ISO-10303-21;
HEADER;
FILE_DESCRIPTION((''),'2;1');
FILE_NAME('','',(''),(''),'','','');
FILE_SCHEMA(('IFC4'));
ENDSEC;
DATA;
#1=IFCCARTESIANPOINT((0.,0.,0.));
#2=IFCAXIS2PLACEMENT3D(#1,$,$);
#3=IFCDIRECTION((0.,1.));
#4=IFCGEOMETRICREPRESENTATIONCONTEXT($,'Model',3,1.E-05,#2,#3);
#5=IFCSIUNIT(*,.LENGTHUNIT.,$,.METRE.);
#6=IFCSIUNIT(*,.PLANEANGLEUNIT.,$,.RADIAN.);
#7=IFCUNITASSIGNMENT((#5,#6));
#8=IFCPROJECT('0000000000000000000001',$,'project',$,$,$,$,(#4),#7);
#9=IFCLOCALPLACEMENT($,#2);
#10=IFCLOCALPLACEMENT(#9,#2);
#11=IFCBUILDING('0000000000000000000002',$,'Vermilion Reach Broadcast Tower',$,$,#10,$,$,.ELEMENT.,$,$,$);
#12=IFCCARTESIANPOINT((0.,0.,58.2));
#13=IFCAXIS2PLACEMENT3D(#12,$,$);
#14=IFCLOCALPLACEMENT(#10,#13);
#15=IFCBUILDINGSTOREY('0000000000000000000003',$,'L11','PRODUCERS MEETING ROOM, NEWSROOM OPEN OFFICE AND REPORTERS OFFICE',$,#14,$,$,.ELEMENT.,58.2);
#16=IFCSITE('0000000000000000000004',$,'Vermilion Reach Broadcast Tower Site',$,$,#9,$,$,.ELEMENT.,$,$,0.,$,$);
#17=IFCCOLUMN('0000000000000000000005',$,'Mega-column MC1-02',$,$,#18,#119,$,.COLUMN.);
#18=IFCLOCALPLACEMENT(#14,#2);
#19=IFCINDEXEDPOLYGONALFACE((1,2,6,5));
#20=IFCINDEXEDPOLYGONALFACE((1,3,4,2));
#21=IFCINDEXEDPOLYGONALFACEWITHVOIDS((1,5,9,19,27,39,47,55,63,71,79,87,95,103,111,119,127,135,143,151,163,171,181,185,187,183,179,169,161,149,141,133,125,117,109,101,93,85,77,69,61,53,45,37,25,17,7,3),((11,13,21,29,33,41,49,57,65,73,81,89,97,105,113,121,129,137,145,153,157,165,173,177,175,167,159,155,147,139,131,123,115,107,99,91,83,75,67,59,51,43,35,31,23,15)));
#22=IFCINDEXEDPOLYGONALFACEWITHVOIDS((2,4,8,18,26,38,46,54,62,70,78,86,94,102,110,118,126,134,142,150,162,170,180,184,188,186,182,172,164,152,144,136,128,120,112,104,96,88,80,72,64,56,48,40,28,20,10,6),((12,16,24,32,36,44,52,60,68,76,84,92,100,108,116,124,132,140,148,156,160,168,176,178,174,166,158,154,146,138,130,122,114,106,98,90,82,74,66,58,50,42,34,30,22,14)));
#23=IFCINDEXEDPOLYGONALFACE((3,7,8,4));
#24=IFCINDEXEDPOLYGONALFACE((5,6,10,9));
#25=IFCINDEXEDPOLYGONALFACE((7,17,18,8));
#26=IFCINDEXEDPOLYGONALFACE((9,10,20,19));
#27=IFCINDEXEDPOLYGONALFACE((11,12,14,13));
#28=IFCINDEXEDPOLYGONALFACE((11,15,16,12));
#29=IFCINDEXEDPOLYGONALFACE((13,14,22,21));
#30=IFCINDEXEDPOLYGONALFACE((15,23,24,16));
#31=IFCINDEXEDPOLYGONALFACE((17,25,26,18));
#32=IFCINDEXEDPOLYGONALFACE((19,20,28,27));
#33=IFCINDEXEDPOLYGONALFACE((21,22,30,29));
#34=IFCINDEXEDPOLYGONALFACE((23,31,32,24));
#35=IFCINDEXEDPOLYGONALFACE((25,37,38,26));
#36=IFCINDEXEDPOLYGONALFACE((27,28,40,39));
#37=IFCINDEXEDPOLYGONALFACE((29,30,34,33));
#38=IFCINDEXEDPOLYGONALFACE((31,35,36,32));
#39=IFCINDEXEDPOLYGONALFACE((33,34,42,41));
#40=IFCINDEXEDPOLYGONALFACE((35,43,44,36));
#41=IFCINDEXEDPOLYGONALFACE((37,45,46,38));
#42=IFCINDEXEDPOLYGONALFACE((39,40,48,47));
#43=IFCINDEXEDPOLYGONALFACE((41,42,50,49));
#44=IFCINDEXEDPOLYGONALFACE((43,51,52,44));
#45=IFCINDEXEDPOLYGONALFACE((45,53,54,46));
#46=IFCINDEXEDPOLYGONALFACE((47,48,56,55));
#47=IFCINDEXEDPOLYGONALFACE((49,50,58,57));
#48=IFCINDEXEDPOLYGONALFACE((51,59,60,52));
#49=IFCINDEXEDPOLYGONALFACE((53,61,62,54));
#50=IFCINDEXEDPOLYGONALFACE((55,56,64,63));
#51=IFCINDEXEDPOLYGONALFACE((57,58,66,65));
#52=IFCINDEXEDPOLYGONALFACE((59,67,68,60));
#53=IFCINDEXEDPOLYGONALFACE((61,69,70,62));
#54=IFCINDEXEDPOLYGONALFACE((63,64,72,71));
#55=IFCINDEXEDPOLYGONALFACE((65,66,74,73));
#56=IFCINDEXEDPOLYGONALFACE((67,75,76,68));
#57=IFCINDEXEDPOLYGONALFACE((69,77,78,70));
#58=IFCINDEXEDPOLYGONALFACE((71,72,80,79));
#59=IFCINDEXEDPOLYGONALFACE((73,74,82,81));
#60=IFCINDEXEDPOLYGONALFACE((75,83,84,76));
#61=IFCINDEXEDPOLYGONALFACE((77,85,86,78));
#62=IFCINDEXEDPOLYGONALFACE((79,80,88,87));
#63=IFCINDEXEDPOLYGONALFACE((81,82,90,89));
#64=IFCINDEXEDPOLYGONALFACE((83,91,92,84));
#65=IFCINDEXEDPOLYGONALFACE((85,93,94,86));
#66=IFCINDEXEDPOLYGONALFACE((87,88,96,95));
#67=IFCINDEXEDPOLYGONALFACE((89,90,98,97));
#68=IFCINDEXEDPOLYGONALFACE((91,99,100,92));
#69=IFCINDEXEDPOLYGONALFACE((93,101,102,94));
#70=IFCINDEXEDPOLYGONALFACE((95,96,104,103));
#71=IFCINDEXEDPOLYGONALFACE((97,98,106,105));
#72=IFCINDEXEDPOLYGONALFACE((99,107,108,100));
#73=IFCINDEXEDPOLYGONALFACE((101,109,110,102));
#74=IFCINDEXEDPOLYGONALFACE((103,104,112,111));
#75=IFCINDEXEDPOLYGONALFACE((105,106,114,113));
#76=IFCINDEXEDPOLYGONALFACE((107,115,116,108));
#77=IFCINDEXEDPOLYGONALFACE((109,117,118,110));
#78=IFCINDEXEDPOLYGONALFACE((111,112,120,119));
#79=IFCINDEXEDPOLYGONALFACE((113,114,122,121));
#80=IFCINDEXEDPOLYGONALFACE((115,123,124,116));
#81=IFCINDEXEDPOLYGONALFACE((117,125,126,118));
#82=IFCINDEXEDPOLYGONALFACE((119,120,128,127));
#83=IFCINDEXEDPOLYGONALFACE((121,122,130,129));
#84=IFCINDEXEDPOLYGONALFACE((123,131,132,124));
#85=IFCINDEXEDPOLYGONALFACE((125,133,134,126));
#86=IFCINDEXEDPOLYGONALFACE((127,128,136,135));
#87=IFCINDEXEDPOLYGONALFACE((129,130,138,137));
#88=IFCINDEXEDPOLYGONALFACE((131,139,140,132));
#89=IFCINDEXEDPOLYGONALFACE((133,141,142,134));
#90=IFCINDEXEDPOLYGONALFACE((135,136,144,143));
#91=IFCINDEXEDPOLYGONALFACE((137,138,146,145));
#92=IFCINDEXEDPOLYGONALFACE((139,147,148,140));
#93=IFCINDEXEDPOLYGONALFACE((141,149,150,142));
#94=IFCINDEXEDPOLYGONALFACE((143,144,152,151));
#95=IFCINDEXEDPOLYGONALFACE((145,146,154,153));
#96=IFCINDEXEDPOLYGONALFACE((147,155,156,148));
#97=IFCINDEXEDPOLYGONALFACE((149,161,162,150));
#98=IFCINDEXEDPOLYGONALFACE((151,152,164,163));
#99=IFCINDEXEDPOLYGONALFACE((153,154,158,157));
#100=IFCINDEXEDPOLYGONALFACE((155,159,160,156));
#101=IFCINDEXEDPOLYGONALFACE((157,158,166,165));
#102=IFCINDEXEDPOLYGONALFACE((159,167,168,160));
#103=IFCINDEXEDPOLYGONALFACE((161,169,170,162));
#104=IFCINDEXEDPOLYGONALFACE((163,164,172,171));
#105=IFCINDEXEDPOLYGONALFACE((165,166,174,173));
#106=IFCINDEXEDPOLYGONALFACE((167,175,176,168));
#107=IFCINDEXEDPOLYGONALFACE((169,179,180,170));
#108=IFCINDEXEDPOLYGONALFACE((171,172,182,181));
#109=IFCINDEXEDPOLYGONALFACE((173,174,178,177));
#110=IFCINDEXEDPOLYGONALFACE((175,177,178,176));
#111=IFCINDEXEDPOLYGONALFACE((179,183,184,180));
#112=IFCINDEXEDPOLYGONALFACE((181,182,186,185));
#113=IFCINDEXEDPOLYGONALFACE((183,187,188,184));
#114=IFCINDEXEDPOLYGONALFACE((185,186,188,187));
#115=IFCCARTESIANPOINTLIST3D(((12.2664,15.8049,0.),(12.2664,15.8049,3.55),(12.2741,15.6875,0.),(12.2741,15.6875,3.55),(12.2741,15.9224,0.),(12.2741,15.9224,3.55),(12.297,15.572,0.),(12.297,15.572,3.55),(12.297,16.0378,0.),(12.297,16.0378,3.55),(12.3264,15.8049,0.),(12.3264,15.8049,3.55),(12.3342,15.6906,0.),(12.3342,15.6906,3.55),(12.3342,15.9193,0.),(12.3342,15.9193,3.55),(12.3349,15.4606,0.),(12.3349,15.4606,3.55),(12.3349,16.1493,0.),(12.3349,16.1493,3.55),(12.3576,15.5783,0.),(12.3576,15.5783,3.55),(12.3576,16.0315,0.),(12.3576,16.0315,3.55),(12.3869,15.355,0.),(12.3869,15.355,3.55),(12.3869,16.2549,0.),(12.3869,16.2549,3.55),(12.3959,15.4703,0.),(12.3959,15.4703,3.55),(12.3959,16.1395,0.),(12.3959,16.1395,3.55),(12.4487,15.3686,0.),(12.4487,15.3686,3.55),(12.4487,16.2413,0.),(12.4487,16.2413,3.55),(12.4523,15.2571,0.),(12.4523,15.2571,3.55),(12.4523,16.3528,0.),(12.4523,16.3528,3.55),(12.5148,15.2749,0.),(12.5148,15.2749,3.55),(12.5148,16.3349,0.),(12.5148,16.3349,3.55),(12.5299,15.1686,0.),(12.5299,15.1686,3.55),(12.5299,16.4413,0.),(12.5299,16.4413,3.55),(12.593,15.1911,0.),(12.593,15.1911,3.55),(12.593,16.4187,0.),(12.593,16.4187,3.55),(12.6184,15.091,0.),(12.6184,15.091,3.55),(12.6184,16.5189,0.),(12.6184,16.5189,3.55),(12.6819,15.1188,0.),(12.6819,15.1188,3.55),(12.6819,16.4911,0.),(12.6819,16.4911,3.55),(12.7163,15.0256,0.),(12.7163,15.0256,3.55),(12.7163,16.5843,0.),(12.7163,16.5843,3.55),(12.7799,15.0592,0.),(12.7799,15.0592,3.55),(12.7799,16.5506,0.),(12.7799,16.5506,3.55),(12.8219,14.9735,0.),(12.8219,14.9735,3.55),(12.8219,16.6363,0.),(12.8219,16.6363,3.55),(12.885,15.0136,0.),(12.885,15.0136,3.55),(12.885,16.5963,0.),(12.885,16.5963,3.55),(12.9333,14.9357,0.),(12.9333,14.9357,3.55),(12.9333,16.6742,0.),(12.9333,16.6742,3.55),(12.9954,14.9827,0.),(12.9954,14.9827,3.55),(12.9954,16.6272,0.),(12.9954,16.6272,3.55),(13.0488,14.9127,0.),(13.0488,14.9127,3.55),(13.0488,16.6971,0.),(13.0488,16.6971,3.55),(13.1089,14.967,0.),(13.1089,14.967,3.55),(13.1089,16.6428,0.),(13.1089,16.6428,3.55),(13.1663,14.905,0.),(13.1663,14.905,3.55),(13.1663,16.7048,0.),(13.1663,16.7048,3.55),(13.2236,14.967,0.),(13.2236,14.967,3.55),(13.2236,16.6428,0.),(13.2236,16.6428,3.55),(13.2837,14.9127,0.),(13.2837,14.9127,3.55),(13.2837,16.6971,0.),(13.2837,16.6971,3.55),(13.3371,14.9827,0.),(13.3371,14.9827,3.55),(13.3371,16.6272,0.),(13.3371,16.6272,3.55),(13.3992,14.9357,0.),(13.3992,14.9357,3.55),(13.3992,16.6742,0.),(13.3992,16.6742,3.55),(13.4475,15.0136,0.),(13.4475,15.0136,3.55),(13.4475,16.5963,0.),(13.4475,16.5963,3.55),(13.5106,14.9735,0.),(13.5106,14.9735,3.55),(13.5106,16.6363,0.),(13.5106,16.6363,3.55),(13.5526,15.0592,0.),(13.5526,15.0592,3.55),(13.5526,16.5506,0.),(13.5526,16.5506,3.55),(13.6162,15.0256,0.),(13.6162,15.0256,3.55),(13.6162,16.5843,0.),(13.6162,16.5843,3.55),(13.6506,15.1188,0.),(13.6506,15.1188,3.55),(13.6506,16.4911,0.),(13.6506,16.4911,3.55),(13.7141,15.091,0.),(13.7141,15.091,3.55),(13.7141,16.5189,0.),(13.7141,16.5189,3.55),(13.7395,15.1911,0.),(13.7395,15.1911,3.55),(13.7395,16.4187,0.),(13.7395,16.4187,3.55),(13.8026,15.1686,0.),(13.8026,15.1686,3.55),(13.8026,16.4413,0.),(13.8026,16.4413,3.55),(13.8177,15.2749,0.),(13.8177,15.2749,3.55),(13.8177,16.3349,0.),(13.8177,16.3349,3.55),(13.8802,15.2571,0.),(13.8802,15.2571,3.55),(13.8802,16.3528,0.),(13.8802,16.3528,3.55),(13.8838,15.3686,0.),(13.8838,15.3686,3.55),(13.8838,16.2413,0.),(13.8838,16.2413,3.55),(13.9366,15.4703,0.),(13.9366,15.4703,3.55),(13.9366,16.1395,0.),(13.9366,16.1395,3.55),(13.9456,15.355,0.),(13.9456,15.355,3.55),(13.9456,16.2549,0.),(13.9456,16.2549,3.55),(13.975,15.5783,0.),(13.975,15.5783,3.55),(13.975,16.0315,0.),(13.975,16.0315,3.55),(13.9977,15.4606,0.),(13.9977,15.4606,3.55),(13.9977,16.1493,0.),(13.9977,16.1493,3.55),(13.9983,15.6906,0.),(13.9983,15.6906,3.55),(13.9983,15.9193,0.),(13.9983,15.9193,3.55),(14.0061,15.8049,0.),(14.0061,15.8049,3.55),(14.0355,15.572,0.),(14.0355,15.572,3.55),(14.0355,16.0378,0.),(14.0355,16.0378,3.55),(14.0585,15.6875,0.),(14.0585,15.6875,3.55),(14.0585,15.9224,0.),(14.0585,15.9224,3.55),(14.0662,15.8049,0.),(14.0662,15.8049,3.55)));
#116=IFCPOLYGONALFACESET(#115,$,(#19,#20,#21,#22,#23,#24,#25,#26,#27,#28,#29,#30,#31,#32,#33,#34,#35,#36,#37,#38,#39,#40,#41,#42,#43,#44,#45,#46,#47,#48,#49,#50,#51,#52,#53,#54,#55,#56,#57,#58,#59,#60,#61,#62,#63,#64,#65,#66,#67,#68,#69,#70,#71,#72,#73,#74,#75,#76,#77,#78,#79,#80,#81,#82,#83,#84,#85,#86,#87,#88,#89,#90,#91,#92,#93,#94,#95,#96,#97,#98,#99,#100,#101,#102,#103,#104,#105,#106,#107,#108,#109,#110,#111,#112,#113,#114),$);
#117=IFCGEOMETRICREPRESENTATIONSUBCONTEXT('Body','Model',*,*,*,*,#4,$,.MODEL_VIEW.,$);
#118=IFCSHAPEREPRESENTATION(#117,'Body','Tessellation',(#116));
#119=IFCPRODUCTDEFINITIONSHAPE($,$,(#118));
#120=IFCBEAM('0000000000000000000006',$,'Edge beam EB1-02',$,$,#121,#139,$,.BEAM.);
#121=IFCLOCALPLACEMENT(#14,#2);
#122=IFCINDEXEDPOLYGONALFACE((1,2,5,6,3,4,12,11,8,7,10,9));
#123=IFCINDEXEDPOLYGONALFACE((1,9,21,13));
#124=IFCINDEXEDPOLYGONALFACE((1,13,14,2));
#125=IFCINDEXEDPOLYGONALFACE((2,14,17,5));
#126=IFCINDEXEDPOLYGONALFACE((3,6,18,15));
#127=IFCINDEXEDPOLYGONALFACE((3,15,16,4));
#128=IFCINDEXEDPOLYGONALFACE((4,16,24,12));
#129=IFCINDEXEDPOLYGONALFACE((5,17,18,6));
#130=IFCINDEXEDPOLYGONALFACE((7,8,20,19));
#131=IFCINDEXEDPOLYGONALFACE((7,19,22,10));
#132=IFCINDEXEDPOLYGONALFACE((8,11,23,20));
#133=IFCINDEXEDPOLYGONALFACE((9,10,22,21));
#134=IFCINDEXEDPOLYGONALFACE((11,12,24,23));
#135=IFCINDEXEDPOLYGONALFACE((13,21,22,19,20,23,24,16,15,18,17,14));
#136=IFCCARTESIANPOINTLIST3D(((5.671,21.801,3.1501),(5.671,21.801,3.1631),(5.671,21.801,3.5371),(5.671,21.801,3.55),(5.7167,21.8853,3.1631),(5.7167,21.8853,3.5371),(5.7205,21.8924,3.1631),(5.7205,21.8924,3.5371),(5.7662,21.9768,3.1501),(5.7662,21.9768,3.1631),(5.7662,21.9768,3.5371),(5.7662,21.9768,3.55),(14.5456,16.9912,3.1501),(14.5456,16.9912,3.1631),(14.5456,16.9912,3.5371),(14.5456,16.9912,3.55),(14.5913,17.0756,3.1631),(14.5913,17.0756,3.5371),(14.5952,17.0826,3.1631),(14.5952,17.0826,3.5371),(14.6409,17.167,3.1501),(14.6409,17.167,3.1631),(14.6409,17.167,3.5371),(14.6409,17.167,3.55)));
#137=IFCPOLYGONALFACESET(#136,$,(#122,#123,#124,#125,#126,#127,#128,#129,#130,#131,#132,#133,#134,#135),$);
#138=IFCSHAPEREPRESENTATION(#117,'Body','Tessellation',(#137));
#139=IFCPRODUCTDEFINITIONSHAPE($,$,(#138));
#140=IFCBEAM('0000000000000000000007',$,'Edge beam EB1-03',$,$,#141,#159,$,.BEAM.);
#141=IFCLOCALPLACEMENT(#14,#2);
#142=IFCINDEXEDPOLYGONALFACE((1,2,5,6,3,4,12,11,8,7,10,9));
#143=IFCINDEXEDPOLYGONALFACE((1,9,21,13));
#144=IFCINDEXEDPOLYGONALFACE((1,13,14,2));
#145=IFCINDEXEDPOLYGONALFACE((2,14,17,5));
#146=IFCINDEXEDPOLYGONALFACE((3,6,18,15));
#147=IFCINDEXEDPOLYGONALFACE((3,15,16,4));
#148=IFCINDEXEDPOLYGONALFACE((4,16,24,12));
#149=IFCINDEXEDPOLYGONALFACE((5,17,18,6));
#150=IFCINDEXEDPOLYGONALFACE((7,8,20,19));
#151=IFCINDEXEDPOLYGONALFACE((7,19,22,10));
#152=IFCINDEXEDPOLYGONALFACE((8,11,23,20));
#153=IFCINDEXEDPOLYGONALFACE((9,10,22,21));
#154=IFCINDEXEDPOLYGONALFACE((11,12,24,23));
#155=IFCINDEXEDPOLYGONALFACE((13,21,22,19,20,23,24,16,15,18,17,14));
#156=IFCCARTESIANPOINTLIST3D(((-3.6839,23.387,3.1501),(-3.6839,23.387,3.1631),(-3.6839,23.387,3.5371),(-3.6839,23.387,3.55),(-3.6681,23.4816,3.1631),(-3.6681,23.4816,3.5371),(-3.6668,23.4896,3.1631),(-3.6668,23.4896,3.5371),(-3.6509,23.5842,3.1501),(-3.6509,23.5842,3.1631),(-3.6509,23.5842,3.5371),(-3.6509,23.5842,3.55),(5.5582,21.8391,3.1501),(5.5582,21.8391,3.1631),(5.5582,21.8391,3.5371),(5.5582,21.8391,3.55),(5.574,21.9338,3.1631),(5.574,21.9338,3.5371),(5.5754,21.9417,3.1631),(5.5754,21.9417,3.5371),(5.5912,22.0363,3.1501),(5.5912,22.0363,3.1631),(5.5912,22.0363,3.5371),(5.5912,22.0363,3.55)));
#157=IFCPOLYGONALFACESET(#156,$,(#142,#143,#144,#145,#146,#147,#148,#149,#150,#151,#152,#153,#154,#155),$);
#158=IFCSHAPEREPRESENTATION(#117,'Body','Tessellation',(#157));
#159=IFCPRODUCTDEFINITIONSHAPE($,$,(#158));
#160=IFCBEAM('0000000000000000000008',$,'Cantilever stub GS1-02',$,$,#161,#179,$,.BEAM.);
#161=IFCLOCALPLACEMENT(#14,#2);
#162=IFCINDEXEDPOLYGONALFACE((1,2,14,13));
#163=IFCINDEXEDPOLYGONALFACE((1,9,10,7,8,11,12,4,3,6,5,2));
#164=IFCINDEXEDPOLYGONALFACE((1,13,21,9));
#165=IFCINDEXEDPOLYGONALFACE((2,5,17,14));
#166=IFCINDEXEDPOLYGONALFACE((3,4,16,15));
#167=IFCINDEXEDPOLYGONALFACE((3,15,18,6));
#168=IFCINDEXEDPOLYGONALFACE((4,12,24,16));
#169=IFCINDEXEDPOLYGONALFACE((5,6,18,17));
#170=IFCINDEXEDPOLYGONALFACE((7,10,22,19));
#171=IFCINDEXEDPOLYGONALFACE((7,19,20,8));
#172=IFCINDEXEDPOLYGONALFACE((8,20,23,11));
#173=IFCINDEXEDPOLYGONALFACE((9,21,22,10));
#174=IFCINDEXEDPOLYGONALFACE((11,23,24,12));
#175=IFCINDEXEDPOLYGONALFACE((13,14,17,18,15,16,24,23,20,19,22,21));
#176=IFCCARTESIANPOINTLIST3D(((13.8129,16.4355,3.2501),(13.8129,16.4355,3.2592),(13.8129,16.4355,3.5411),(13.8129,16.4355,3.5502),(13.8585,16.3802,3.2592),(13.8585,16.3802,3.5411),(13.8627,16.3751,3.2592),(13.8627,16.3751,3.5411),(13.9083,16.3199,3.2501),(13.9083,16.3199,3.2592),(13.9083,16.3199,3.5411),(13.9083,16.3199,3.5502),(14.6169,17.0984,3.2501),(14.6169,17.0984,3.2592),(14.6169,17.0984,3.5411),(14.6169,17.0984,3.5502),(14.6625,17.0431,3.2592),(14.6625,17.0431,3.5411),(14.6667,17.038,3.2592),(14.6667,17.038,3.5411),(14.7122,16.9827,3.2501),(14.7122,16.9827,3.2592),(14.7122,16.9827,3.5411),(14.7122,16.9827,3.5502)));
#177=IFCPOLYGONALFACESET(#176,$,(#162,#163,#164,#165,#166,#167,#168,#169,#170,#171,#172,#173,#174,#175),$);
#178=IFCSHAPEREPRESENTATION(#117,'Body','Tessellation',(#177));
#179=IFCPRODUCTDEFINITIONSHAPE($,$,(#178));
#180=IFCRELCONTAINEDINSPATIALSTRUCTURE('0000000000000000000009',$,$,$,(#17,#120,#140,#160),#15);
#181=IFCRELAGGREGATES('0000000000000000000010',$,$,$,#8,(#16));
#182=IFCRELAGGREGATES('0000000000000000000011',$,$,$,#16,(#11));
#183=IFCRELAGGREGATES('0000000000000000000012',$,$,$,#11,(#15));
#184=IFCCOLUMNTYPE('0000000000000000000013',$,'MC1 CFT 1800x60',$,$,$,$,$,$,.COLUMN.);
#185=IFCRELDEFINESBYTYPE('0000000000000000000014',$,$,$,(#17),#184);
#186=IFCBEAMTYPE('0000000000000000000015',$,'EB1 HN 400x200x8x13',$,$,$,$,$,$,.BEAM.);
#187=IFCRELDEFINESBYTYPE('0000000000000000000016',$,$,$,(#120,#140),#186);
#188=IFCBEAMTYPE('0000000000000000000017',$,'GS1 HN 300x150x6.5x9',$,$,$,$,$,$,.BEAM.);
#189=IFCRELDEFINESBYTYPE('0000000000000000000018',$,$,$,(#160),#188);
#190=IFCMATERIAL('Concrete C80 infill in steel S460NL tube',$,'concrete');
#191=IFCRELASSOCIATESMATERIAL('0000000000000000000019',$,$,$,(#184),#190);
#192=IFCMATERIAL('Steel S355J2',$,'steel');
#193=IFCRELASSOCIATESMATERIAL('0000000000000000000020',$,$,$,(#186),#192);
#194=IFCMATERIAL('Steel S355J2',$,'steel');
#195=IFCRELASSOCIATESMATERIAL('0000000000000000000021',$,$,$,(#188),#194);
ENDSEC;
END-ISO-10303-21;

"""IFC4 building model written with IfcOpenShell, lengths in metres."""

from ifc_helpers import new_model, si_unit, direction, frame, origin, origin_2d, place, context, subcontext, project, spatial, hollow_circle, i_section, extrude, material, material_profile, profile_set, type_object, element, save


model = new_model("IFC4")

# Units and contexts
model_context = context("Model", 3, precision=1e-05, world=origin(), true_north=direction((0.0, 1.0)))
body_context = subcontext(model_context, "Body", "Model", "MODEL_VIEW")
ifc_project = project(units=[si_unit("LENGTHUNIT", "METRE"), si_unit("PLANEANGLEUNIT", "RADIAN")], contexts=[model_context])

# Site, building, storey
site_placement = place(None, origin())
site = spatial("IfcSite", under=ifc_project, at=site_placement, Name="Vermilion Reach Broadcast Tower Site", CompositionType="ELEMENT", RefElevation=0.0)
building_placement = place(site_placement, origin())
building = spatial("IfcBuilding", under=site, at=building_placement, Name="Vermilion Reach Broadcast Tower", CompositionType="ELEMENT")
storey_placement = place(building_placement, frame((0.0, 0.0, 58.2)))
storey = spatial("IfcBuildingStorey", under=building, at=storey_placement, Name="L11", Description="PRODUCERS MEETING ROOM, NEWSROOM OPEN OFFICE AND REPORTERS OFFICE", CompositionType="ELEMENT", Elevation=58.2)

# Column
ifc_material_1 = material(Name="Concrete C80 infill in steel S460NL tube", Category="concrete")
ifc_material_profile_1 = material_profile(ifc_material_1, hollow_circle(Radius=0.8999, WallThickness=0.0601, at=origin_2d()), Name="Concrete C80 infill in steel S460NL tube CFT 1800x60")
ifc_profile_set_1 = profile_set([ifc_material_profile_1], Name="Concrete C80 infill in steel S460NL tube")
column_type = type_object("IfcColumnType", Name="MC1 CFT 1800x60", PredefinedType="COLUMN", material=ifc_profile_set_1)
column_placement = place(storey_placement, frame((13.1663, 15.8049, 0.0), z_axis=(0.0, 0.0, 1.0), x_axis=(1.0, 0.0, 0.0)))
element("IfcColumn", 1, at=column_placement, inside=storey, type_object=column_type, Name="Mega-column MC1-02", PredefinedType="COLUMN", context=body_context, shape_type="SweptSolid", body=[
    extrude(hollow_circle(Radius=0.8999, WallThickness=0.0601, at=origin_2d()), origin(), (0.0, 0.0, 1.0), 3.55),
])

# Beams
ifc_material_2 = material(Name="Steel S355J2", Category="steel")
ifc_material_profile_2 = material_profile(ifc_material_2, i_section(OverallWidth=0.2, OverallDepth=0.3999, WebThickness=0.0081, FlangeThickness=0.0129, at=origin_2d()), Name="S355J2 HN 400x200x8x13")
ifc_profile_set_2 = profile_set([ifc_material_profile_2], Name="Steel S355J2")
beam_type_1 = type_object("IfcBeamType", Name="EB1 HN 400x200x8x13", PredefinedType="BEAM", material=ifc_profile_set_2)
beam_1_placement = place(storey_placement, frame((14.5933, 17.0791, 3.3501), z_axis=(-0.879182, 0.476486, 0.0), x_axis=(-0.476486, -0.879182, 0.0)))
element("IfcBeam", 2, at=beam_1_placement, inside=storey, type_object=beam_type_1, Name="Edge beam EB1-02", PredefinedType="BEAM", context=body_context, shape_type="SweptSolid", body=[
    extrude(i_section(OverallWidth=0.2, OverallDepth=0.3999, WebThickness=0.0081, FlangeThickness=0.0129, at=origin_2d()), origin(), (0.0, 0.0, 1.0), 10.0942),
])
beam_2_placement = place(storey_placement, frame((5.5747, 21.9377, 3.3501), z_axis=(-0.986264, 0.165176, 0.0), x_axis=(-0.165176, -0.986264, 0.0)))
element("IfcBeam", 3, at=beam_2_placement, inside=storey, type_object=beam_type_1, Name="Edge beam EB1-03", PredefinedType="BEAM", context=body_context, shape_type="SweptSolid", body=[
    extrude(i_section(OverallWidth=0.2, OverallDepth=0.3999, WebThickness=0.0081, FlangeThickness=0.0129, at=origin_2d()), origin(), (0.0, 0.0, 1.0), 9.3708),
])
ifc_material_3 = material(Name="Steel S355J2", Category="steel")
ifc_material_profile_3 = material_profile(ifc_material_3, i_section(OverallWidth=0.1499, OverallDepth=0.3, WebThickness=0.0066, FlangeThickness=0.009, at=origin_2d()), Name="S355J2 HN 300x150x6.5x9")
ifc_profile_set_3 = profile_set([ifc_material_profile_3], Name="Steel S355J2")
beam_type_2 = type_object("IfcBeamType", Name="GS1 HN 300x150x6.5x9", PredefinedType="BEAM", material=ifc_profile_set_3)
beam_3_placement = place(storey_placement, frame((13.8606, 16.3777, 3.4001), z_axis=(0.771572, 0.636142, 0.0), x_axis=(-0.636142, 0.771572, 0.0)))
element("IfcBeam", 4, at=beam_3_placement, inside=storey, type_object=beam_type_2, Name="Cantilever stub GS1-02", PredefinedType="BEAM", context=body_context, shape_type="SweptSolid", body=[
    extrude(i_section(OverallWidth=0.1499, OverallDepth=0.3, WebThickness=0.0066, FlangeThickness=0.009, at=origin_2d()), origin(), (0.0, 0.0, 1.0), 1.042),
])

save(model, "model.ifc")
